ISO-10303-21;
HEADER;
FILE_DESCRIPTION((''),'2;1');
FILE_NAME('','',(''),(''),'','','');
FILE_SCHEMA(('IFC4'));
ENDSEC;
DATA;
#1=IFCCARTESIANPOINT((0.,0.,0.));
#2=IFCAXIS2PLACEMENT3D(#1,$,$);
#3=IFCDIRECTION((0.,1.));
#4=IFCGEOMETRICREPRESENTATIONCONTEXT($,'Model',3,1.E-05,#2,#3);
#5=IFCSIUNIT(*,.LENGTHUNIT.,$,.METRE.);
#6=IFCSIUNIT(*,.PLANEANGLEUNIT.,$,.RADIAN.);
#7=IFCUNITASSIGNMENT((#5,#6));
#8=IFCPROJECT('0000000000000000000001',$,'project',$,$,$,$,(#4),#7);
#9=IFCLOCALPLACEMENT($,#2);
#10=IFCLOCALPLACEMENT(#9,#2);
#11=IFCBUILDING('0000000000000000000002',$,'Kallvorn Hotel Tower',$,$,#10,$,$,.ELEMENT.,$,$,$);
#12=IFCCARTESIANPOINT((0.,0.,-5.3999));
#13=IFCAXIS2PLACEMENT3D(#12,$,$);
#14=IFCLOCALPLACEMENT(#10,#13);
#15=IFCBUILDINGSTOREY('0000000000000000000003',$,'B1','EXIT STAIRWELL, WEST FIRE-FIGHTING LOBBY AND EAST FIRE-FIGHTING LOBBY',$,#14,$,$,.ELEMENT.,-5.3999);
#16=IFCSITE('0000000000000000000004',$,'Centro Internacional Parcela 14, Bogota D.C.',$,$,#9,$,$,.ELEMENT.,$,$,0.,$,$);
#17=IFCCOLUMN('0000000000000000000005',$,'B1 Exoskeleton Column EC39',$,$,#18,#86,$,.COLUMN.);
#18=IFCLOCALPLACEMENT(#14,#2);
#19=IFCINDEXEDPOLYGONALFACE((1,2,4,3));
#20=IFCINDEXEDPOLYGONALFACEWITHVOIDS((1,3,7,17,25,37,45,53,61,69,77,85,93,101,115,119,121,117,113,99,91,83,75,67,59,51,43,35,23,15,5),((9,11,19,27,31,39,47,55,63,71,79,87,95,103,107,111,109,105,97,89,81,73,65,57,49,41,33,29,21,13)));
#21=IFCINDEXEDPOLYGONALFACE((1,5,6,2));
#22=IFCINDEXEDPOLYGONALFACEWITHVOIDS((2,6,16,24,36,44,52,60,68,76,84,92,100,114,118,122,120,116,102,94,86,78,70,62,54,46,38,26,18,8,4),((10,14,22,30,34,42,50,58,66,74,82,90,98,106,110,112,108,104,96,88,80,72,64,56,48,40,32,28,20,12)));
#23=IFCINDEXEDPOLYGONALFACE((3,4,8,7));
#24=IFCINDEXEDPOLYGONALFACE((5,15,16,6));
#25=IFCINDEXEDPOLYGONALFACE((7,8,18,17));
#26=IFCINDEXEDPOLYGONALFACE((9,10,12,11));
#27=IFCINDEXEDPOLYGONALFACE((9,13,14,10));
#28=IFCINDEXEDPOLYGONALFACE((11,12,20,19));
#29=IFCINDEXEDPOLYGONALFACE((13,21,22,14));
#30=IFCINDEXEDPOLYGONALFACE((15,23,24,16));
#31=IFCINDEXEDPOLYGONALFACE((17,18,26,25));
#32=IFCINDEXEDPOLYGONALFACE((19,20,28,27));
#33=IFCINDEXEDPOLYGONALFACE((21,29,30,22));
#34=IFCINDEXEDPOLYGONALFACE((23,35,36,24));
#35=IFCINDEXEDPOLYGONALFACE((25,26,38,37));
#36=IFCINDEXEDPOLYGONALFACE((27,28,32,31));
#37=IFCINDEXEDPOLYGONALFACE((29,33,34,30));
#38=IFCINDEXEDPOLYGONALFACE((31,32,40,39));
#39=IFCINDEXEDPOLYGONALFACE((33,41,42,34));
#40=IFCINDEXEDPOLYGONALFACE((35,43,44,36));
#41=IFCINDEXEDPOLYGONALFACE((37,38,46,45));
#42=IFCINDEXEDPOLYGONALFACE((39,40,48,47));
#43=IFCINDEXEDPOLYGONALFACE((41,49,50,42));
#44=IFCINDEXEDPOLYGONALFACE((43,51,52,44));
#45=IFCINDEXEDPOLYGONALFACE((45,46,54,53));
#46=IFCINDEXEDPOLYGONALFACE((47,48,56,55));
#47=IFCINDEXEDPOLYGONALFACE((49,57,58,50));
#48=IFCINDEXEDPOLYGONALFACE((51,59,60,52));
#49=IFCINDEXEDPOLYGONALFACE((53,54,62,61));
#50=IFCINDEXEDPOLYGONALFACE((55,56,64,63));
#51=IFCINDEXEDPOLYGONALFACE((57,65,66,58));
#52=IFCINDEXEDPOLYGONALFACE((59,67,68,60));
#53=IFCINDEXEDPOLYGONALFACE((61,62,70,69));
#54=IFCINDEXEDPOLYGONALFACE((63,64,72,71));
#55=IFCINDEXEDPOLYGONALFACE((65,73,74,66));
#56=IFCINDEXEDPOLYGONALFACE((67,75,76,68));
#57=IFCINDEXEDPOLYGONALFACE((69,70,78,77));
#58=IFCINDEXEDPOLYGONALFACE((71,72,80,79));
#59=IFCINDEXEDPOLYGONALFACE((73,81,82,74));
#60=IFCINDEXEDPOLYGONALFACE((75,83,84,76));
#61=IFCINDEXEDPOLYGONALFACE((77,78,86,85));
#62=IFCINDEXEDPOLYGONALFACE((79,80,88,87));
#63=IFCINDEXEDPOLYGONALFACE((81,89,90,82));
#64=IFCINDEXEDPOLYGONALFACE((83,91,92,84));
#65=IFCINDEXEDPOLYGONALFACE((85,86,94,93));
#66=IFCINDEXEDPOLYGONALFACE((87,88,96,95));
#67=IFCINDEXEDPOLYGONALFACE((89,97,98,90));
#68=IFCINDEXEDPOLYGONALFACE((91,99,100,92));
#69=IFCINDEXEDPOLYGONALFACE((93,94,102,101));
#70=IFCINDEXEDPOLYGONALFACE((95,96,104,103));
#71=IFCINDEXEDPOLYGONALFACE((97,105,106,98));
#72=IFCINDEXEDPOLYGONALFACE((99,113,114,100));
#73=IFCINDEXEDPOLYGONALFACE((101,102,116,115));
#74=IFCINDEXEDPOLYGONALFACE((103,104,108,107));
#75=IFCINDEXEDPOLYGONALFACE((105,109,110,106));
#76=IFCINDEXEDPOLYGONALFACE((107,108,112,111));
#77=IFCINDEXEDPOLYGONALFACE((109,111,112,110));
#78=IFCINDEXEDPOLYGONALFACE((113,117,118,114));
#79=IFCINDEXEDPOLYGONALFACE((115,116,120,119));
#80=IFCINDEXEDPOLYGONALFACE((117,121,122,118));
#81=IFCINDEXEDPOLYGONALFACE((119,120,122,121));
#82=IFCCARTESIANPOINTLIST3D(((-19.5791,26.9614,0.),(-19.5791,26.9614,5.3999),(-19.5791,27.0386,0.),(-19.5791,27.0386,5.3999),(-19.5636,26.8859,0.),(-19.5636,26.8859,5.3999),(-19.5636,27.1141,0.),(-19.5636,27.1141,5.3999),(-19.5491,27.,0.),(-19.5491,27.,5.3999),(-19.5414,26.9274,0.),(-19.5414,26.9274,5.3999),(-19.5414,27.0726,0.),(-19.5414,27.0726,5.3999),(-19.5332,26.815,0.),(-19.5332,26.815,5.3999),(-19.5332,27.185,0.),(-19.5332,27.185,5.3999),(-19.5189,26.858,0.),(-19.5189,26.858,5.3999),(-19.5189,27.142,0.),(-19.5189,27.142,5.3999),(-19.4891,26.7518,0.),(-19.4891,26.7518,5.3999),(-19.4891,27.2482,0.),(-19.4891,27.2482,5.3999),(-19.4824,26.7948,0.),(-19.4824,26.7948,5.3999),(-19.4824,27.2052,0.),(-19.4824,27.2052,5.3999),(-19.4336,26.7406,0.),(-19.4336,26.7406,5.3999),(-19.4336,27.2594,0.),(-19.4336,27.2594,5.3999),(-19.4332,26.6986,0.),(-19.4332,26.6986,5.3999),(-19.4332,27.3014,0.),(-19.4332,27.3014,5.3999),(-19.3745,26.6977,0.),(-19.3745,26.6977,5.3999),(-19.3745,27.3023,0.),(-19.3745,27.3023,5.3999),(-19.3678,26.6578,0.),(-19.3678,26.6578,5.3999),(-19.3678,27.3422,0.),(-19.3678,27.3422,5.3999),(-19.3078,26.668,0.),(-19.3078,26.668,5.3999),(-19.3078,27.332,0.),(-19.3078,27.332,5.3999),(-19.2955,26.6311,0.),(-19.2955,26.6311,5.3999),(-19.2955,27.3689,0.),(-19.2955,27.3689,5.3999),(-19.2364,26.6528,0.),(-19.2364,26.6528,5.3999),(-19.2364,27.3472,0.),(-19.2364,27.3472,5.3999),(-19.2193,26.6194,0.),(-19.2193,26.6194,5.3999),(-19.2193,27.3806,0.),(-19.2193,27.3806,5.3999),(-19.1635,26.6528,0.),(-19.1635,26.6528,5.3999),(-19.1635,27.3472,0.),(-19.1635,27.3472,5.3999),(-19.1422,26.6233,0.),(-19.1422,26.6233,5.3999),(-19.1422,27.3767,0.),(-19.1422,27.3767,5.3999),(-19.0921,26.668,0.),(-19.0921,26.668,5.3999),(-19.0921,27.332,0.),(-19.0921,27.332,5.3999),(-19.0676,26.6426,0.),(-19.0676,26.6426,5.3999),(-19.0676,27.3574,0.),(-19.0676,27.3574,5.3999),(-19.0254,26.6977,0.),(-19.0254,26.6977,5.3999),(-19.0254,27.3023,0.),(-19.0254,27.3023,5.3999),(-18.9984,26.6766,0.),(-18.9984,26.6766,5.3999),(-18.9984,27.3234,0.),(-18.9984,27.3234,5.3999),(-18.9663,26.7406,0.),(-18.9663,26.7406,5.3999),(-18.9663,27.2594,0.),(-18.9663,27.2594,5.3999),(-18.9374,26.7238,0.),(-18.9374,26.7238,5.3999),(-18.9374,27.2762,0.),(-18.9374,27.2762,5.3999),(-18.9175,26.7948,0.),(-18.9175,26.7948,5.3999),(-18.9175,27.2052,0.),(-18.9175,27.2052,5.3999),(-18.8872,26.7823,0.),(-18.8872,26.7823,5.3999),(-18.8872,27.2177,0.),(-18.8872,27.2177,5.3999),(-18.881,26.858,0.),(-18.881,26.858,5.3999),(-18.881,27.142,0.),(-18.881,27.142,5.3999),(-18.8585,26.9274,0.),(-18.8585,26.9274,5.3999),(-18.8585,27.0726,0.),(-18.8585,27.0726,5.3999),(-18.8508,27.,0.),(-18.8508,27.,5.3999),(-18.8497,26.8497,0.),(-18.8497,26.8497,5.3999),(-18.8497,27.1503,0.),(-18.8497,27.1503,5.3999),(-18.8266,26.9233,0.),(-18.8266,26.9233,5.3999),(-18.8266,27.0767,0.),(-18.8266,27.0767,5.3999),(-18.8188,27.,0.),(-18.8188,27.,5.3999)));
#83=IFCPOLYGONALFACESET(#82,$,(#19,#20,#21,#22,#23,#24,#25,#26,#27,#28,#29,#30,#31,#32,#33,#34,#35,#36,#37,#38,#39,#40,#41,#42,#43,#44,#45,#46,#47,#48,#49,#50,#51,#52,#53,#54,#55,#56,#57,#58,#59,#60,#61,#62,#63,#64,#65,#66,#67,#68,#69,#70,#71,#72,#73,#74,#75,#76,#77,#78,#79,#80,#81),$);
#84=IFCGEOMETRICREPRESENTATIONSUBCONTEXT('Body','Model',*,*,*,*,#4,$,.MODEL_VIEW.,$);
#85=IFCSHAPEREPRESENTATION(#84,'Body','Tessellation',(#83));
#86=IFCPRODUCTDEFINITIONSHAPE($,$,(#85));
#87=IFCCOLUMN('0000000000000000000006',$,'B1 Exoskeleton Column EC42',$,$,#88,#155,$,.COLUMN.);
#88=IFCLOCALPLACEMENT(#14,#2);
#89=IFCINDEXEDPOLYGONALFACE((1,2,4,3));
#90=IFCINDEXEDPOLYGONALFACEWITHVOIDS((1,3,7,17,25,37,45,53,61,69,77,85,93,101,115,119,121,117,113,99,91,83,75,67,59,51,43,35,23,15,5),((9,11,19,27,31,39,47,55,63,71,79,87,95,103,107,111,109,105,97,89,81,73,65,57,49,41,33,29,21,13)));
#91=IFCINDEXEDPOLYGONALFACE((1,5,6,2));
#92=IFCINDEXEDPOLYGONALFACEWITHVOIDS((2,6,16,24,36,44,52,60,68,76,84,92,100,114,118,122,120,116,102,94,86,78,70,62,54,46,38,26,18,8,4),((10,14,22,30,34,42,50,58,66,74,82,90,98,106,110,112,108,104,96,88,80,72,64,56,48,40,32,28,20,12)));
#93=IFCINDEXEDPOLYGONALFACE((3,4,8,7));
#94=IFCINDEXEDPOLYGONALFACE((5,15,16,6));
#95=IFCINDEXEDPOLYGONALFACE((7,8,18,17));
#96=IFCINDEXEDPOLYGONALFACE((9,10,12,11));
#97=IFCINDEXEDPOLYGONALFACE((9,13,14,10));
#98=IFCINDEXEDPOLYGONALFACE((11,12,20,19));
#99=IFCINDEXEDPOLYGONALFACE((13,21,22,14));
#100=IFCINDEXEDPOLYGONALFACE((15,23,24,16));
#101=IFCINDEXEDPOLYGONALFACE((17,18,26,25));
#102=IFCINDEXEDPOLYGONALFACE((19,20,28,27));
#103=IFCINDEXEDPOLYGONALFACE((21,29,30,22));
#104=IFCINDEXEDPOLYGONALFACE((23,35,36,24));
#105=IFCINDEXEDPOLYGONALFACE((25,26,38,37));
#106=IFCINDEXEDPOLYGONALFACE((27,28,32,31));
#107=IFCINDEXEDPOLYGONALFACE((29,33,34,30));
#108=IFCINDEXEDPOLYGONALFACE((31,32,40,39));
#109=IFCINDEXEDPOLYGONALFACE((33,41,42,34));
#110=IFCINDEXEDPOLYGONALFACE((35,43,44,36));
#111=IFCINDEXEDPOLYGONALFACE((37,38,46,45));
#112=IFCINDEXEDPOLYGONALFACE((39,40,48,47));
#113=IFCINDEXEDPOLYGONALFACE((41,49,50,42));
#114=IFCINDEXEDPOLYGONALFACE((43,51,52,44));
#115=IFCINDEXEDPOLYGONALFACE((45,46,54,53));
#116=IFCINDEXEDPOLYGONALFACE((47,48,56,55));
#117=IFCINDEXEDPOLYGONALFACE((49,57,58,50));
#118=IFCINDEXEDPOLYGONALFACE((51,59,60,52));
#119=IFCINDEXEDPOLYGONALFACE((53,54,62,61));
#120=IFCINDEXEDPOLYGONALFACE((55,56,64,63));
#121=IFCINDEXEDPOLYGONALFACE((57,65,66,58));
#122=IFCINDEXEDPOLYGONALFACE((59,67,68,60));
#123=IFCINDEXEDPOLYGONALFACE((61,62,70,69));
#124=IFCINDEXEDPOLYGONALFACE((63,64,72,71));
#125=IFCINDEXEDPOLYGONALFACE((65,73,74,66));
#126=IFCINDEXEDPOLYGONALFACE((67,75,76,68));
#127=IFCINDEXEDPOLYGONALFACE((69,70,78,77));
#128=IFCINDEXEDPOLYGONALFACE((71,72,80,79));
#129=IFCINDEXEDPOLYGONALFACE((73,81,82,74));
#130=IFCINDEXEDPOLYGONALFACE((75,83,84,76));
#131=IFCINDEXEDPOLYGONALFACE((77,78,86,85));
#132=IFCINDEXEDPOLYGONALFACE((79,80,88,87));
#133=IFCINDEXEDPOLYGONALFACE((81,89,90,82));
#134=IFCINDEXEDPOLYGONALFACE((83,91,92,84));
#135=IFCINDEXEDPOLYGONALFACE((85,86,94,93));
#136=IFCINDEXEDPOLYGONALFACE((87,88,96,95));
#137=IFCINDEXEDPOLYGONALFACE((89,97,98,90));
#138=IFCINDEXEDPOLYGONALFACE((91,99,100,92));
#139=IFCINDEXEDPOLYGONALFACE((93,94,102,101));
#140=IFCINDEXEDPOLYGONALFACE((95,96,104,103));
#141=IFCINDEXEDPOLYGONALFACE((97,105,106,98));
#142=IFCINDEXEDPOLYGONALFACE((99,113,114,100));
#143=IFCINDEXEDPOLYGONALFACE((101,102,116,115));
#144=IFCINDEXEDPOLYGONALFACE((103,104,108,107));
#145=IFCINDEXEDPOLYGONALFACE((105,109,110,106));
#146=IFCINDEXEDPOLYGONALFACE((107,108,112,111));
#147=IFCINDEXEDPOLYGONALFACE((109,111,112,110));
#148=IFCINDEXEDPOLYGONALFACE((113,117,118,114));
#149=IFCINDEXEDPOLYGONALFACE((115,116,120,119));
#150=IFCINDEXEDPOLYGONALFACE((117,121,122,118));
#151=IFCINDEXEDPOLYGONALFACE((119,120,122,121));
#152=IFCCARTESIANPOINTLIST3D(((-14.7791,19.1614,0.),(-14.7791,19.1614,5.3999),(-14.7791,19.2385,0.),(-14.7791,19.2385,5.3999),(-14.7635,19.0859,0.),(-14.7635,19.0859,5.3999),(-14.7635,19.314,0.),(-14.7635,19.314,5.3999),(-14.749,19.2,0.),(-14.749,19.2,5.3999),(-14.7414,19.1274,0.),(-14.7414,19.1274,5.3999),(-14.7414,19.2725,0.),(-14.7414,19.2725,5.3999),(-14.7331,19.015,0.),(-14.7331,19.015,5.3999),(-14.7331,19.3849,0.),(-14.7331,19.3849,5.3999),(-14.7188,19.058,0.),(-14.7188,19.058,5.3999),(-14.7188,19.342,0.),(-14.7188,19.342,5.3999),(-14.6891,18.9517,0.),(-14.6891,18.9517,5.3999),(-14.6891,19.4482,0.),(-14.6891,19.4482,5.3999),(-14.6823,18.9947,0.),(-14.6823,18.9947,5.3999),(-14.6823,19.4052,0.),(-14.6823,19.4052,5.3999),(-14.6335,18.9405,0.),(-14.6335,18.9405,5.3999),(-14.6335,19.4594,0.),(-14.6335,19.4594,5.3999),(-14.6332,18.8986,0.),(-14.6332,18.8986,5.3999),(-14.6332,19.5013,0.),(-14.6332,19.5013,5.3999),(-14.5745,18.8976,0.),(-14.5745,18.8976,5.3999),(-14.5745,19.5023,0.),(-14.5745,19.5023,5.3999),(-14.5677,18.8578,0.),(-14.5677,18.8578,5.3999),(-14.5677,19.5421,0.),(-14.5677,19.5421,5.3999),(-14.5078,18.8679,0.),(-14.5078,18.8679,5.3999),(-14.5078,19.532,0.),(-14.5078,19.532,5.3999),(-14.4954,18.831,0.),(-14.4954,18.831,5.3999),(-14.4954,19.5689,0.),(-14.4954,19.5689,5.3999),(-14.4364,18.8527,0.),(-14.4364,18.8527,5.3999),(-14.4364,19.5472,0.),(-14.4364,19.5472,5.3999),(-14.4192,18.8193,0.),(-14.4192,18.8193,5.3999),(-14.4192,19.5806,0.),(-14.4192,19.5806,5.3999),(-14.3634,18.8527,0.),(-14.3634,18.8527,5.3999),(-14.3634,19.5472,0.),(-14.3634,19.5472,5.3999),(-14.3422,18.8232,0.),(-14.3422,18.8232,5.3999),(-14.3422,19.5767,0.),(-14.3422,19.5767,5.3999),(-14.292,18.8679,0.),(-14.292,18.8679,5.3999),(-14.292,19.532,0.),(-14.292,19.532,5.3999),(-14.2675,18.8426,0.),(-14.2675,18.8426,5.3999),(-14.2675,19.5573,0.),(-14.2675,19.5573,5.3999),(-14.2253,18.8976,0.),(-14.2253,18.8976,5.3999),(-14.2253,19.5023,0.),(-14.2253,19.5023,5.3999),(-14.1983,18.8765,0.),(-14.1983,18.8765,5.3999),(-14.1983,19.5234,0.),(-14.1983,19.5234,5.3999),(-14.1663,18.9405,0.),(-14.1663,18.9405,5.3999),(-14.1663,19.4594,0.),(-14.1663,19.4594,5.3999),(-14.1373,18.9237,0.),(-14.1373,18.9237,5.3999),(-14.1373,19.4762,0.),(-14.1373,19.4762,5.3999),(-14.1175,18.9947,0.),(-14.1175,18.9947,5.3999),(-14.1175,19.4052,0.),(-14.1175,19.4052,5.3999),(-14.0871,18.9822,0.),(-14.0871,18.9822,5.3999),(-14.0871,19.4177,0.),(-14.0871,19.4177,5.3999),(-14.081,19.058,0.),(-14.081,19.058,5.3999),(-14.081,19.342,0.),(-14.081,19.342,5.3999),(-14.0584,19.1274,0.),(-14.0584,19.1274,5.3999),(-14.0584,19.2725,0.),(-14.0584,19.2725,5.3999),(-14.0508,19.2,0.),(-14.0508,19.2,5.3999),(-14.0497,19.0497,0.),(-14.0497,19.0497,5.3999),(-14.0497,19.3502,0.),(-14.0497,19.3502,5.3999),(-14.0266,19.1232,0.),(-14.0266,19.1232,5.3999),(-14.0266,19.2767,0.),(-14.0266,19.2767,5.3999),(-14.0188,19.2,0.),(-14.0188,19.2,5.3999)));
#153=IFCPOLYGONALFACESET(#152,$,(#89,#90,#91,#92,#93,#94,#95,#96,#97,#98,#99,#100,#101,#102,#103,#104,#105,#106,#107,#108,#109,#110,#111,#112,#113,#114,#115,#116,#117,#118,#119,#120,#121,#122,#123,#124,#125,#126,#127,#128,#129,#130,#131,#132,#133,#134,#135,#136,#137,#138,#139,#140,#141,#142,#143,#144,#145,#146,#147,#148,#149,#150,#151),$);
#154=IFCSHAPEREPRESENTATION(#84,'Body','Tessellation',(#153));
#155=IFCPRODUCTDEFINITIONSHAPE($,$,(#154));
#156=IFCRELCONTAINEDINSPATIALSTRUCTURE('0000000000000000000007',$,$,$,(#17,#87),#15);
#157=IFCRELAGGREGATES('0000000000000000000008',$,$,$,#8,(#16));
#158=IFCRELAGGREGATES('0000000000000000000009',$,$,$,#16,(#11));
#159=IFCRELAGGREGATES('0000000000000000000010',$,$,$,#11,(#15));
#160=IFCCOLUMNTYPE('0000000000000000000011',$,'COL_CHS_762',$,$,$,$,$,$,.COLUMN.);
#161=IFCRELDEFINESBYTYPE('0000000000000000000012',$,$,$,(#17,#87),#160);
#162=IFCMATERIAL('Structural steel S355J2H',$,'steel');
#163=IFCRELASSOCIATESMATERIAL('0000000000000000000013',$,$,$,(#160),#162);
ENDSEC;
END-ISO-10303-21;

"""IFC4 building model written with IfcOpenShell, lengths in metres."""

from ifc_helpers import new_model, si_unit, direction, frame, origin, origin_2d, place, context, subcontext, project, spatial, hollow_circle, extrude, material, material_profile, profile_set, type_object, element, save


model = new_model("IFC4")

# Units and contexts
model_context = context("Model", 3, precision=1e-05, world=origin(), true_north=direction((0.0, 1.0)))
body_context = subcontext(model_context, "Body", "Model", "MODEL_VIEW")
ifc_project = project(units=[si_unit("LENGTHUNIT", "METRE"), si_unit("PLANEANGLEUNIT", "RADIAN")], contexts=[model_context])

# Site, building, storey
site_placement = place(None, origin())
site = spatial("IfcSite", under=ifc_project, at=site_placement, Name="Centro Internacional Parcela 14, Bogota D.C.", CompositionType="ELEMENT", RefElevation=0.0)
building_placement = place(site_placement, origin())
building = spatial("IfcBuilding", under=site, at=building_placement, Name="Kallvorn Hotel Tower", CompositionType="ELEMENT")
storey_placement = place(building_placement, frame((0.0, 0.0, -5.3999)))
storey = spatial("IfcBuildingStorey", under=building, at=storey_placement, Name="B1", Description="EXIT STAIRWELL, WEST FIRE-FIGHTING LOBBY AND EAST FIRE-FIGHTING LOBBY", CompositionType="ELEMENT", Elevation=-5.3999)

# Columns
ifc_material_1 = material(Name="Structural steel S355J2H", Category="steel")
ifc_material_profile_1 = material_profile(ifc_material_1, hollow_circle(Radius=0.3811, WallThickness=0.032, at=origin_2d()), Name="CHS 762x32")
ifc_profile_set_1 = profile_set([ifc_material_profile_1], Name="Structural steel S355J2H")
column_type_1 = type_object("IfcColumnType", Name="COL_CHS_762", PredefinedType="COLUMN", material=ifc_profile_set_1)
for number, where, z_axis, x_axis, name in (
    (1, (-19.2, 27.0, 0.0), (0.0, 0.0, 1.0), (1.0, 0.0, 0.0), "B1 Exoskeleton Column EC39"),
    (2, (-14.3999, 19.2, 0.0), (0.0, 0.0, 1.0), (1.0, 0.0, 0.0), "B1 Exoskeleton Column EC42"),
):
    element("IfcColumn", number, at=place(storey_placement, frame(where, z_axis=z_axis, x_axis=x_axis)), inside=storey, type_object=column_type_1, Name=name, PredefinedType="COLUMN", context=body_context, shape_type="SweptSolid", body=[
        extrude(hollow_circle(Radius=0.3811, WallThickness=0.032, at=origin_2d()), origin(), (0.0, 0.0, 1.0), 5.3999),
    ])

save(model, "model.ifc")
